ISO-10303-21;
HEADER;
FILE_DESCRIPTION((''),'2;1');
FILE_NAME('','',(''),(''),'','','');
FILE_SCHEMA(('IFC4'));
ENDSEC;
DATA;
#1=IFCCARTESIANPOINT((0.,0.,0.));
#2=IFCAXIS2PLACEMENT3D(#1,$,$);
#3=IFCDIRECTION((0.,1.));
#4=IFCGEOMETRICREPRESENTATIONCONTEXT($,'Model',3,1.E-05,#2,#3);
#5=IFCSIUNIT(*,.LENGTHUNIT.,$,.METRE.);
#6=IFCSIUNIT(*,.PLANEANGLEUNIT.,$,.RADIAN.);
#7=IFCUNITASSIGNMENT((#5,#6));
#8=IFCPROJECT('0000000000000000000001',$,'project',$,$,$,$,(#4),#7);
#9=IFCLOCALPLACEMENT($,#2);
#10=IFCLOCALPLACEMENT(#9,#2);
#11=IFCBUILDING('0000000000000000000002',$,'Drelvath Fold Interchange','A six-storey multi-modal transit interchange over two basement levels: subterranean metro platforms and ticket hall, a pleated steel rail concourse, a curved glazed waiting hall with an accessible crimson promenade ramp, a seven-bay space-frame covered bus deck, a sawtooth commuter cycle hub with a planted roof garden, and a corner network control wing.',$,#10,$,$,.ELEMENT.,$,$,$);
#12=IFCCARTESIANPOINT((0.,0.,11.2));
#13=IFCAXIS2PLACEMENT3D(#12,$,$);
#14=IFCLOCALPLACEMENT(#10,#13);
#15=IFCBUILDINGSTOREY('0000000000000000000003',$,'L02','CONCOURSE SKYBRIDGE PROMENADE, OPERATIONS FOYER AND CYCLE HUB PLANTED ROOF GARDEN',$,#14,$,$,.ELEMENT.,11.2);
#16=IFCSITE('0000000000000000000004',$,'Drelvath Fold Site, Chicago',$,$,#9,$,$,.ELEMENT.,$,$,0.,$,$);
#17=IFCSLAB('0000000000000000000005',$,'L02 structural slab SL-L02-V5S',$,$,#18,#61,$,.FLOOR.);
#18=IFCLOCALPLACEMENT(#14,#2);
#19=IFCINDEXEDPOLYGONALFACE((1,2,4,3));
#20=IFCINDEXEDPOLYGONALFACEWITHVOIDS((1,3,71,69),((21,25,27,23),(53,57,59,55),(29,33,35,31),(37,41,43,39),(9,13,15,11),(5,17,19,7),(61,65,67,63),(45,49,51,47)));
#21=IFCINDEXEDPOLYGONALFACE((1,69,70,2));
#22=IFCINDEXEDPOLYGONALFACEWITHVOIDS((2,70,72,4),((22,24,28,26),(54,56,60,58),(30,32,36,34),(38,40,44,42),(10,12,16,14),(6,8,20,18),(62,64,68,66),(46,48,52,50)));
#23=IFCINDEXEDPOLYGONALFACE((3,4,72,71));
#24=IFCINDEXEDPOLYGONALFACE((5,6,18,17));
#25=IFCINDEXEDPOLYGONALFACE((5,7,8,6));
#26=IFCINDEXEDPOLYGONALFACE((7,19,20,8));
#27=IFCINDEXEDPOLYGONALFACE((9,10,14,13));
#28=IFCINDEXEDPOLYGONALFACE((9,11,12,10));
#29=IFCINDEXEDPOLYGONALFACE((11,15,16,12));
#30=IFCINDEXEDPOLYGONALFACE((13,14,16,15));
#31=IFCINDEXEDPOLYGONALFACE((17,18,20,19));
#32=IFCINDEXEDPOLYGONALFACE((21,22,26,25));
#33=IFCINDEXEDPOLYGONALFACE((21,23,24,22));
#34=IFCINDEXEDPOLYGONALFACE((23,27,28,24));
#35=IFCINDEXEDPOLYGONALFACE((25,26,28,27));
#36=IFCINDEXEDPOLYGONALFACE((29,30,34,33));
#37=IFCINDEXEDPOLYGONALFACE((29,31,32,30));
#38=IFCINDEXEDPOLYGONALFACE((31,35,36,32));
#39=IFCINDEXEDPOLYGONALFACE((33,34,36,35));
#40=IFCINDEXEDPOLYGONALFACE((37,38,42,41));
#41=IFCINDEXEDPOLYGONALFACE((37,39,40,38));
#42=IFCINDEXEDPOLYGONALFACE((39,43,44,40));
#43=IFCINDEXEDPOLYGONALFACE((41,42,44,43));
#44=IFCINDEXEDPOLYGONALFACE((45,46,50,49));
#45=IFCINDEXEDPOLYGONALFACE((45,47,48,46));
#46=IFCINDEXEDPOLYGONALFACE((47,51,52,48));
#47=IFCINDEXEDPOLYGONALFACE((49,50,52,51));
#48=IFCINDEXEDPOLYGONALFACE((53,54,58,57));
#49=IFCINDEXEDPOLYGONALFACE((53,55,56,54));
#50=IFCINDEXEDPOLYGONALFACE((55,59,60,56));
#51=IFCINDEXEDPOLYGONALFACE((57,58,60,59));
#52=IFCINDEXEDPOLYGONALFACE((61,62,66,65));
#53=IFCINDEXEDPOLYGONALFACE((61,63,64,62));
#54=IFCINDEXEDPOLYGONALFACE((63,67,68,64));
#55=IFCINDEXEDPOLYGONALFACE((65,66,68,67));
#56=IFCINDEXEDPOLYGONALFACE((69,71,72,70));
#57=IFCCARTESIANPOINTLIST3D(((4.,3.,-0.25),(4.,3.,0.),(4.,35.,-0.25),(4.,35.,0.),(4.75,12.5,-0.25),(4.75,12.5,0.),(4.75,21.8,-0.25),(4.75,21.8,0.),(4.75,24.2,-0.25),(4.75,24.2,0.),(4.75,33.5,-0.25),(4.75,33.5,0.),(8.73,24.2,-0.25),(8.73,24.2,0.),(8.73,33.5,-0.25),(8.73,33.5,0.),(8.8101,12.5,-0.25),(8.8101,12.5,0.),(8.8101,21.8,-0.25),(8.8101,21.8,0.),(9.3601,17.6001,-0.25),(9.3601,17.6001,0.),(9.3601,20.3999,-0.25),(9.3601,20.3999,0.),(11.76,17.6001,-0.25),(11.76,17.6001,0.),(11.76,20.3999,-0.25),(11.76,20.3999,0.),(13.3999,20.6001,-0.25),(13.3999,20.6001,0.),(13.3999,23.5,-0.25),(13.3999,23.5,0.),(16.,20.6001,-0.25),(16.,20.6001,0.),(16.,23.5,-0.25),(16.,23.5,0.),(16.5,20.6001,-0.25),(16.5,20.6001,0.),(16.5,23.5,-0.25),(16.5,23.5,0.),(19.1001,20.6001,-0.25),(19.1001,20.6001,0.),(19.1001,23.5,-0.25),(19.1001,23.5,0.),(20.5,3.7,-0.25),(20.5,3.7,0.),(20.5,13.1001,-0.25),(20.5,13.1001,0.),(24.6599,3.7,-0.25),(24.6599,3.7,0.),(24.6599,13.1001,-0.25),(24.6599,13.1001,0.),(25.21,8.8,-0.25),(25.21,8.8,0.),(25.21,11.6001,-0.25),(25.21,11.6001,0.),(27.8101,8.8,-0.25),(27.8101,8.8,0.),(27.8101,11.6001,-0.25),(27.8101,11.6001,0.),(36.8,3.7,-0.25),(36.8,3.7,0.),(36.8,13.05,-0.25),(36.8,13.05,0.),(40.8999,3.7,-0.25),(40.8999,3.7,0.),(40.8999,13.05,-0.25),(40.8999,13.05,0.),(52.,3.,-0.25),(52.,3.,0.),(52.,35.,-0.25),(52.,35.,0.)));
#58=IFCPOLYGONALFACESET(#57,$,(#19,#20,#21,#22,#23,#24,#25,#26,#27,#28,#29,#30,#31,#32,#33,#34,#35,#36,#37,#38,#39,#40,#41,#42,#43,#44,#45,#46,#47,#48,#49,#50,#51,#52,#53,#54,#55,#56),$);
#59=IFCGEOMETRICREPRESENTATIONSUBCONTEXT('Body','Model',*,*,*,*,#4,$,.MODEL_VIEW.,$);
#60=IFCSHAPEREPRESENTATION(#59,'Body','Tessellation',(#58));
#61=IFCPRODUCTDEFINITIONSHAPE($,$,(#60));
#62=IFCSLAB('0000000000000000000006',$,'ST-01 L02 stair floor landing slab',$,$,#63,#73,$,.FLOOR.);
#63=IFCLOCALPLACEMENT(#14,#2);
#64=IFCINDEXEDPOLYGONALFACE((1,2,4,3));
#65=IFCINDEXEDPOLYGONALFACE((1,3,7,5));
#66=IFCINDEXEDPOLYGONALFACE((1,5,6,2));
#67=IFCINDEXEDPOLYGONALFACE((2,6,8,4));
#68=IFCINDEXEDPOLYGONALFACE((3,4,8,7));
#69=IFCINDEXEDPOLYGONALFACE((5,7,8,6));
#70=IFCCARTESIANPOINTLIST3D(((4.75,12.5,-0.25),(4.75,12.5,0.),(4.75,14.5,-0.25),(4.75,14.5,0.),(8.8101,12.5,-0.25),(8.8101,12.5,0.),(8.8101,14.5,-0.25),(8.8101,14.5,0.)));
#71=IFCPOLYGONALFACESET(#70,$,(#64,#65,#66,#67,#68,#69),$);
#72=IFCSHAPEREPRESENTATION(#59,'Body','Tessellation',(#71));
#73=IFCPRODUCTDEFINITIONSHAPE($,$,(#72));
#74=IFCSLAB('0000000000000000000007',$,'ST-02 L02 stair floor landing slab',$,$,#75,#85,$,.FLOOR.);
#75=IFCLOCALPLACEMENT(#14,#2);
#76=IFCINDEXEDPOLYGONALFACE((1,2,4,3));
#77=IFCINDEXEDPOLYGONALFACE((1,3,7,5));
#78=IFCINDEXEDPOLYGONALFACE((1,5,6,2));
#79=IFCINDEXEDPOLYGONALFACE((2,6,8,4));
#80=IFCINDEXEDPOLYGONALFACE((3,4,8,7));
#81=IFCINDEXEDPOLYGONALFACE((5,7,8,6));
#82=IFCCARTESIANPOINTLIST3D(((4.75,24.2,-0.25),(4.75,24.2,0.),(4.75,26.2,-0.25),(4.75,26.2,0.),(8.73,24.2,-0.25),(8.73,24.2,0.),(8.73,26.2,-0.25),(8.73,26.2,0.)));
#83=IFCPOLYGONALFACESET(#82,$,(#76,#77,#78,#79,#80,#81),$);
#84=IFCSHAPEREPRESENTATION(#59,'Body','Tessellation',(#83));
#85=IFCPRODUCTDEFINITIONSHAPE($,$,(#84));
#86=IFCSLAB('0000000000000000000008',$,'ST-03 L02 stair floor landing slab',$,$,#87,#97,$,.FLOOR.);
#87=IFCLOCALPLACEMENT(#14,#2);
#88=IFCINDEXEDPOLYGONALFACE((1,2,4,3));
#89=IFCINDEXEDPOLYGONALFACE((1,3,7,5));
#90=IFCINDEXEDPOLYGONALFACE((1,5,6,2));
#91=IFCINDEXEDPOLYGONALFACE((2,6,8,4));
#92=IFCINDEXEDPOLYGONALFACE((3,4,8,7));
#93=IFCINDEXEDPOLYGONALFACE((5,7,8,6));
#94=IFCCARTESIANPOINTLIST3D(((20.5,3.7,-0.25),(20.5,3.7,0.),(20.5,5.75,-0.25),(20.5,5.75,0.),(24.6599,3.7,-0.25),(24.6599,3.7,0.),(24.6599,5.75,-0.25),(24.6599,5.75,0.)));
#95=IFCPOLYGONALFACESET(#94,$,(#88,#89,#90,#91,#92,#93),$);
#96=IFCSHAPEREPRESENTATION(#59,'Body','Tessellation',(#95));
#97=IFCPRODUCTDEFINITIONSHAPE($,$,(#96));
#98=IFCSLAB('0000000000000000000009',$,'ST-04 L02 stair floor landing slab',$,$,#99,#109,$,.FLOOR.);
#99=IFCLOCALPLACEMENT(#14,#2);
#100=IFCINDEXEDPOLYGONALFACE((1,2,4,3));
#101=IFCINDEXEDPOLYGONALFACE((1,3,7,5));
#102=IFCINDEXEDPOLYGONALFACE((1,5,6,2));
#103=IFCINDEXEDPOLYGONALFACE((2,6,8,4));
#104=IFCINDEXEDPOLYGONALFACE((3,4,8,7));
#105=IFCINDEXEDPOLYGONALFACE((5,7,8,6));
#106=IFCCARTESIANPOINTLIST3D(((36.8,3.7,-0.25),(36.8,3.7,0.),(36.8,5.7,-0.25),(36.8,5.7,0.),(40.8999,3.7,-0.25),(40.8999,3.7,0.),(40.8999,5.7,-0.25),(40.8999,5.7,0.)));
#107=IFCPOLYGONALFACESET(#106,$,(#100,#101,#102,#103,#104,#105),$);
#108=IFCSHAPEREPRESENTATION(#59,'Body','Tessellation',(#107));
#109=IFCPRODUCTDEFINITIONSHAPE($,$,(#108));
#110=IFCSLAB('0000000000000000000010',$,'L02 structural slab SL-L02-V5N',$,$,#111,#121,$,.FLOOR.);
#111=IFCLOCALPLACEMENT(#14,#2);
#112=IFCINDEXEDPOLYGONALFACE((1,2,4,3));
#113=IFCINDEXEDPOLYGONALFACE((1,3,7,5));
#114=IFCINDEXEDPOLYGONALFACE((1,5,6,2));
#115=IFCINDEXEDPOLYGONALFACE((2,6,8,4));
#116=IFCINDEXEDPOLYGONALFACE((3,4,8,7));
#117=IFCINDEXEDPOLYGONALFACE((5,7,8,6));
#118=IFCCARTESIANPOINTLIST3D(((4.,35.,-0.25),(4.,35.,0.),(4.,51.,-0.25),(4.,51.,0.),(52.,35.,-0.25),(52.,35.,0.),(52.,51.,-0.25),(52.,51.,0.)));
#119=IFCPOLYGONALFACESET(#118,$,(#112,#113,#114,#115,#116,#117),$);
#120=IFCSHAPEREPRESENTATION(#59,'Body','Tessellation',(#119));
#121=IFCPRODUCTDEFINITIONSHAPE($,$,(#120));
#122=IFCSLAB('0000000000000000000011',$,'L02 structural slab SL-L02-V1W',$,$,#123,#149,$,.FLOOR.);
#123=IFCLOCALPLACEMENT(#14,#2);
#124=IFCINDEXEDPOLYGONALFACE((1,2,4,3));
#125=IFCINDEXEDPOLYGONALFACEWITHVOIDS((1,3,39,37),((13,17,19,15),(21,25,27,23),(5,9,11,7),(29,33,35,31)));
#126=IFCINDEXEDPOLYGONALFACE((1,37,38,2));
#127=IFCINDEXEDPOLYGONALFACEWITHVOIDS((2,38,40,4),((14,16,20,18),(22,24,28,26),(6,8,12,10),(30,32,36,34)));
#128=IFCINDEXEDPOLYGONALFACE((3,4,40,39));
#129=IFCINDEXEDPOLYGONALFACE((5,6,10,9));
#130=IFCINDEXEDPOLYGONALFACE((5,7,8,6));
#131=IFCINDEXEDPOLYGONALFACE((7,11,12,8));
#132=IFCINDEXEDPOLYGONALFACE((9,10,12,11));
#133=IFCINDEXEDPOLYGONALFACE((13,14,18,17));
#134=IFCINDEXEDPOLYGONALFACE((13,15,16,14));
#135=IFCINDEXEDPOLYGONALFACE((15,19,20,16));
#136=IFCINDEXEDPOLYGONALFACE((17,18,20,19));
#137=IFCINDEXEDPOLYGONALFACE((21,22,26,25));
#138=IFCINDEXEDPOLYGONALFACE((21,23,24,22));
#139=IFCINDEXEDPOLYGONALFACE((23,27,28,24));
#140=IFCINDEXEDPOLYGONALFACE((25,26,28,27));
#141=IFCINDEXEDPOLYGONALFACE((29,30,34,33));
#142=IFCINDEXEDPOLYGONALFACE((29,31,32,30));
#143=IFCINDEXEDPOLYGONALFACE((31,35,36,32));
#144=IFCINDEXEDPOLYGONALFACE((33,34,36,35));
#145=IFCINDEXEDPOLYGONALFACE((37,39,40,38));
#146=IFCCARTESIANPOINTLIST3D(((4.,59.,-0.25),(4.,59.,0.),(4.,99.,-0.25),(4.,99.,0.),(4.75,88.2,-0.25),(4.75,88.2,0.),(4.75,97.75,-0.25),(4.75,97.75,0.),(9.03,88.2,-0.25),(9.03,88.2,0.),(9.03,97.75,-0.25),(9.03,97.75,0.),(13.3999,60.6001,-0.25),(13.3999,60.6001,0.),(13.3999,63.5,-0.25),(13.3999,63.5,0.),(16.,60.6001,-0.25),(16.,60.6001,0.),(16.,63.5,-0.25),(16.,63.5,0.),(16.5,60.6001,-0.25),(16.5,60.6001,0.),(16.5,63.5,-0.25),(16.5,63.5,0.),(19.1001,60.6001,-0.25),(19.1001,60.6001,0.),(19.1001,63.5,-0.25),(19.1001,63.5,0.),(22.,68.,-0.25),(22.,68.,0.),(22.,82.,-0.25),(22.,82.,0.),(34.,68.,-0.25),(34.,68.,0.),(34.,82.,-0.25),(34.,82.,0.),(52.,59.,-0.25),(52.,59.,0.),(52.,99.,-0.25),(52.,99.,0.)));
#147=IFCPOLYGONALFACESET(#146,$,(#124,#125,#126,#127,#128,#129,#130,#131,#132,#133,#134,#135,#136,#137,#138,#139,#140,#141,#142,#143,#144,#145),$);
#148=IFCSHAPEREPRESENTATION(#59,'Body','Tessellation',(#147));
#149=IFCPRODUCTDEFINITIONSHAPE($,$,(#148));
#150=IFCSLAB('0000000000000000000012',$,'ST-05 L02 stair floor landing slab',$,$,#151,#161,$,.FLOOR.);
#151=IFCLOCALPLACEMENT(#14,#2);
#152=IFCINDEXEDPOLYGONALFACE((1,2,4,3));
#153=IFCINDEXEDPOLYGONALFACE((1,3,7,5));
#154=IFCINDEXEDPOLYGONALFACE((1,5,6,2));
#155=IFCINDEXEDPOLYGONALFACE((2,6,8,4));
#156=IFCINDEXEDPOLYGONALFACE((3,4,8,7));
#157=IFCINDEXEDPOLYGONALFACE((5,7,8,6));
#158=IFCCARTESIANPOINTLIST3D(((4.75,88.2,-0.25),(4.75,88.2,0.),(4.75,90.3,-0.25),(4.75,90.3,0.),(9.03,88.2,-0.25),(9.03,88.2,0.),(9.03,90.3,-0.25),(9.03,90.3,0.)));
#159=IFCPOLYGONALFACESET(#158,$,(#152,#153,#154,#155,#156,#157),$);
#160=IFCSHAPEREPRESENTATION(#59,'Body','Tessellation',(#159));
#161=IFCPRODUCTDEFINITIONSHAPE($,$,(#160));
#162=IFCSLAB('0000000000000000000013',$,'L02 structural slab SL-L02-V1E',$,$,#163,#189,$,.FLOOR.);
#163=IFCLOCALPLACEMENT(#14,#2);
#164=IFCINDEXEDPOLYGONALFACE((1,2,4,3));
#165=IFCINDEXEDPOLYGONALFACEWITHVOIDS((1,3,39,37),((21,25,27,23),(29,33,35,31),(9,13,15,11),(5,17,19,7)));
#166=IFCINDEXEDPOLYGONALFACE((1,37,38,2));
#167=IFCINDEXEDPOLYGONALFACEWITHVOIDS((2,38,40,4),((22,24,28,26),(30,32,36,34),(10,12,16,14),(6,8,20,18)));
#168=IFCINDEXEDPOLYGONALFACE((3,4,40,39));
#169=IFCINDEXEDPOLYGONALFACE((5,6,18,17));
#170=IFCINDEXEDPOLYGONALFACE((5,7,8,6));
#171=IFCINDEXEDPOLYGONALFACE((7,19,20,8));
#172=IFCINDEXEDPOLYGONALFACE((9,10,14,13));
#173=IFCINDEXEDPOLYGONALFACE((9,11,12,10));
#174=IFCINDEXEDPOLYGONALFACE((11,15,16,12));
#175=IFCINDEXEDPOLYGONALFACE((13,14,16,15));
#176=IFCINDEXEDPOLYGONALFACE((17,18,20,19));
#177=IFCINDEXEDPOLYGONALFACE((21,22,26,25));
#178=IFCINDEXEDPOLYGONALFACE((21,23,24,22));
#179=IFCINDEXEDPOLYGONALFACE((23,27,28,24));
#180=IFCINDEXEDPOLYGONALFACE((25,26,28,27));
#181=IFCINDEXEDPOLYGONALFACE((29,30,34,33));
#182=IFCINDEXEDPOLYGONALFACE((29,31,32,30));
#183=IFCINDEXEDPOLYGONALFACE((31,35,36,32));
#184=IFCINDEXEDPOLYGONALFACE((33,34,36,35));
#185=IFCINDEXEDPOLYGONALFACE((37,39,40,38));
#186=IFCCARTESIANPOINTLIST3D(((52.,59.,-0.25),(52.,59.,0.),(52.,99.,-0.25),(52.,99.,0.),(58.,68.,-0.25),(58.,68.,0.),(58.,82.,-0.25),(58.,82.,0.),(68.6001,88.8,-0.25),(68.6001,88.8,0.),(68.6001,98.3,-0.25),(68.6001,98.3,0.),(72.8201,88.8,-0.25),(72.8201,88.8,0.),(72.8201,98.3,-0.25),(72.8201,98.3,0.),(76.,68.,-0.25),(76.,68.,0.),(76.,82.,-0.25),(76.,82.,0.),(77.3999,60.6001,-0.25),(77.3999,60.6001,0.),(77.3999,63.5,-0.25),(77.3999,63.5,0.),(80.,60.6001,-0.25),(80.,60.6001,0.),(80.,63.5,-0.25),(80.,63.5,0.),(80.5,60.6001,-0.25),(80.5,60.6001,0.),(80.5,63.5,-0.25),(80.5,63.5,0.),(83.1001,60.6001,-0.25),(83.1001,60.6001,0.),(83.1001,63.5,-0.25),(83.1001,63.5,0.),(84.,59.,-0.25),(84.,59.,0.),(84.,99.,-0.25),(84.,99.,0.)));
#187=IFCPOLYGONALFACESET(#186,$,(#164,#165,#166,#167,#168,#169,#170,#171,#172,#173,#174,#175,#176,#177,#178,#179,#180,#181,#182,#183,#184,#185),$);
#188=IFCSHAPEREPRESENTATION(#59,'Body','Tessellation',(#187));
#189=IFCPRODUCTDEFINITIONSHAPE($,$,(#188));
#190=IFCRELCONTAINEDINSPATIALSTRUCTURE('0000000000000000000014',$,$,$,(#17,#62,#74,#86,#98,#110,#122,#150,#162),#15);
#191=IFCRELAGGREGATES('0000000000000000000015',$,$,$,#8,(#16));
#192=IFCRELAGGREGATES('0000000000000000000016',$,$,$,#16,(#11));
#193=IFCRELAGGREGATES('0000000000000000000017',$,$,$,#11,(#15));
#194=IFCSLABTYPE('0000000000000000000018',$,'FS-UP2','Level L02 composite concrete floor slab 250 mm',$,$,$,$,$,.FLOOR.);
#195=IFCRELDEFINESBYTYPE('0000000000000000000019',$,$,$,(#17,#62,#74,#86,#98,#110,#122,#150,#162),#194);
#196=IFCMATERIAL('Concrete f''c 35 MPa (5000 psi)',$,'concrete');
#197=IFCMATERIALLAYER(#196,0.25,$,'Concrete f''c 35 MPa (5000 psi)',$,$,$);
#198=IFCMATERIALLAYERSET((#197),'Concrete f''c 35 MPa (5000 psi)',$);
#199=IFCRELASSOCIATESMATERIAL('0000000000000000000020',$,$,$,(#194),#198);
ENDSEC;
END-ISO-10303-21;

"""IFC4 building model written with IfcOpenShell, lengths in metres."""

from ifc_helpers import new_model, si_unit, direction, frame, origin, place, context, subcontext, project, spatial, polyline, outline, extrude, material, layer, layer_set, type_object, element, save


model = new_model("IFC4")

# Units and contexts
model_context = context("Model", 3, precision=1e-05, world=origin(), true_north=direction((0.0, 1.0)))
body_context = subcontext(model_context, "Body", "Model", "MODEL_VIEW")
ifc_project = project(units=[si_unit("LENGTHUNIT", "METRE"), si_unit("PLANEANGLEUNIT", "RADIAN")], contexts=[model_context])

# Site, building, storey
site_placement = place(None, origin())
site = spatial("IfcSite", under=ifc_project, at=site_placement, Name="Drelvath Fold Site, Chicago", CompositionType="ELEMENT", RefElevation=0.0)
building_placement = place(site_placement, origin())
building = spatial("IfcBuilding", under=site, at=building_placement, Name="Drelvath Fold Interchange", Description="A six-storey multi-modal transit interchange over two basement levels: subterranean metro platforms and ticket hall, a pleated steel rail concourse, a curved glazed waiting hall with an accessible crimson promenade ramp, a seven-bay space-frame covered bus deck, a sawtooth commuter cycle hub with a planted roof garden, and a corner network control wing.", CompositionType="ELEMENT")
storey_placement = place(building_placement, frame((0.0, 0.0, 11.2)))
storey = spatial("IfcBuildingStorey", under=building, at=storey_placement, Name="L02", Description="CONCOURSE SKYBRIDGE PROMENADE, OPERATIONS FOYER AND CYCLE HUB PLANTED ROOF GARDEN", CompositionType="ELEMENT", Elevation=11.2)

# Slabs
ifc_material_1 = material(Name="Concrete f'c 35 MPa (5000 psi)", Category="concrete")
ifc_layer_1 = layer(ifc_material_1, 0.25, Name="Concrete f'c 35 MPa (5000 psi)")
ifc_layer_set_1 = layer_set([ifc_layer_1], Name="Concrete f'c 35 MPa (5000 psi)")
slab_type_1 = type_object("IfcSlabType", Name="FS-UP2", Description="Level L02 composite concrete floor slab 250 mm", PredefinedType="FLOOR", material=ifc_layer_set_1)
slab_1_placement = place(storey_placement, frame((0.0, 0.0, -0.25)))
element("IfcSlab", 1, at=slab_1_placement, inside=storey, type_object=slab_type_1, Name="L02 structural slab SL-L02-V5S", PredefinedType="FLOOR", context=body_context, shape_type="SweptSolid", body=[
    extrude(outline(polyline([(4.0, 3.0), (52.0, 3.0), (52.0, 35.0), (4.0, 35.0), (4.0, 3.0)]), holes=[polyline([(4.75, 12.5), (4.75, 21.8), (8.8101, 21.8), (8.8101, 12.5), (4.75, 12.5)]), polyline([(4.75, 24.2), (4.75, 33.5), (8.73, 33.5), (8.73, 24.2), (4.75, 24.2)]), polyline([(20.5, 3.7), (20.5, 13.1001), (24.6599, 13.1001), (24.6599, 3.7), (20.5, 3.7)]), polyline([(36.8, 3.7), (36.8, 13.05), (40.8999, 13.05), (40.8999, 3.7), (36.8, 3.7)]), polyline([(9.3601, 17.6001), (9.3601, 20.3999), (11.76, 20.3999), (11.76, 17.6001), (9.3601, 17.6001)]), polyline([(25.21, 8.8), (25.21, 11.6001), (27.8101, 11.6001), (27.8101, 8.8), (25.21, 8.8)]), polyline([(13.3999, 20.6001), (13.3999, 23.5), (16.0, 23.5), (16.0, 20.6001), (13.3999, 20.6001)]), polyline([(16.5, 20.6001), (16.5, 23.5), (19.1001, 23.5), (19.1001, 20.6001), (16.5, 20.6001)])]), origin(), (0.0, 0.0, 1.0), 0.25),
])
slab_2_placement = place(storey_placement, frame((0.0, 0.0, -0.25)))
element("IfcSlab", 2, at=slab_2_placement, inside=storey, type_object=slab_type_1, Name="ST-01 L02 stair floor landing slab", PredefinedType="FLOOR", context=body_context, shape_type="SweptSolid", body=[
    extrude(outline(polyline([(4.75, 12.5), (8.8101, 12.5), (8.8101, 14.5), (4.75, 14.5), (4.75, 12.5)])), origin(), (0.0, 0.0, 1.0), 0.25),
])
slab_3_placement = place(storey_placement, frame((0.0, 0.0, -0.25)))
element("IfcSlab", 3, at=slab_3_placement, inside=storey, type_object=slab_type_1, Name="ST-02 L02 stair floor landing slab", PredefinedType="FLOOR", context=body_context, shape_type="SweptSolid", body=[
    extrude(outline(polyline([(4.75, 24.2), (8.73, 24.2), (8.73, 26.2), (4.75, 26.2), (4.75, 24.2)])), origin(), (0.0, 0.0, 1.0), 0.25),
])
slab_4_placement = place(storey_placement, frame((0.0, 0.0, -0.25)))
element("IfcSlab", 4, at=slab_4_placement, inside=storey, type_object=slab_type_1, Name="ST-03 L02 stair floor landing slab", PredefinedType="FLOOR", context=body_context, shape_type="SweptSolid", body=[
    extrude(outline(polyline([(20.5, 3.7), (24.6599, 3.7), (24.6599, 5.75), (20.5, 5.75), (20.5, 3.7)])), origin(), (0.0, 0.0, 1.0), 0.25),
])
slab_5_placement = place(storey_placement, frame((0.0, 0.0, -0.25)))
element("IfcSlab", 5, at=slab_5_placement, inside=storey, type_object=slab_type_1, Name="ST-04 L02 stair floor landing slab", PredefinedType="FLOOR", context=body_context, shape_type="SweptSolid", body=[
    extrude(outline(polyline([(36.8, 3.7), (40.8999, 3.7), (40.8999, 5.7), (36.8, 5.7), (36.8, 3.7)])), origin(), (0.0, 0.0, 1.0), 0.25),
])
slab_6_placement = place(storey_placement, frame((0.0, 0.0, -0.25)))
element("IfcSlab", 6, at=slab_6_placement, inside=storey, type_object=slab_type_1, Name="L02 structural slab SL-L02-V5N", PredefinedType="FLOOR", context=body_context, shape_type="SweptSolid", body=[
    extrude(outline(polyline([(4.0, 35.0), (52.0, 35.0), (52.0, 51.0), (4.0, 51.0), (4.0, 35.0)])), origin(), (0.0, 0.0, 1.0), 0.25),
])
slab_7_placement = place(storey_placement, frame((0.0, 0.0, -0.25)))
element("IfcSlab", 7, at=slab_7_placement, inside=storey, type_object=slab_type_1, Name="L02 structural slab SL-L02-V1W", PredefinedType="FLOOR", context=body_context, shape_type="SweptSolid", body=[
    extrude(outline(polyline([(4.0, 59.0), (52.0, 59.0), (52.0, 99.0), (4.0, 99.0), (4.0, 59.0)]), holes=[polyline([(22.0, 68.0), (22.0, 82.0), (34.0, 82.0), (34.0, 68.0), (22.0, 68.0)]), polyline([(4.75, 88.2), (4.75, 97.75), (9.03, 97.75), (9.03, 88.2), (4.75, 88.2)]), polyline([(13.3999, 60.6001), (13.3999, 63.5), (16.0, 63.5), (16.0, 60.6001), (13.3999, 60.6001)]), polyline([(16.5, 60.6001), (16.5, 63.5), (19.1001, 63.5), (19.1001, 60.6001), (16.5, 60.6001)])]), origin(), (0.0, 0.0, 1.0), 0.25),
])
slab_8_placement = place(storey_placement, frame((0.0, 0.0, -0.25)))
element("IfcSlab", 8, at=slab_8_placement, inside=storey, type_object=slab_type_1, Name="ST-05 L02 stair floor landing slab", PredefinedType="FLOOR", context=body_context, shape_type="SweptSolid", body=[
    extrude(outline(polyline([(4.75, 88.2), (9.03, 88.2), (9.03, 90.3), (4.75, 90.3), (4.75, 88.2)])), origin(), (0.0, 0.0, 1.0), 0.25),
])
slab_9_placement = place(storey_placement, frame((0.0, 0.0, -0.25)))
element("IfcSlab", 9, at=slab_9_placement, inside=storey, type_object=slab_type_1, Name="L02 structural slab SL-L02-V1E", PredefinedType="FLOOR", context=body_context, shape_type="SweptSolid", body=[
    extrude(outline(polyline([(52.0, 59.0), (84.0, 59.0), (84.0, 99.0), (52.0, 99.0), (52.0, 59.0)]), holes=[polyline([(58.0, 68.0), (58.0, 82.0), (76.0, 82.0), (76.0, 68.0), (58.0, 68.0)]), polyline([(68.6001, 88.8), (68.6001, 98.3), (72.8201, 98.3), (72.8201, 88.8), (68.6001, 88.8)]), polyline([(77.3999, 60.6001), (77.3999, 63.5), (80.0, 63.5), (80.0, 60.6001), (77.3999, 60.6001)]), polyline([(80.5, 60.6001), (80.5, 63.5), (83.1001, 63.5), (83.1001, 60.6001), (80.5, 60.6001)])]), origin(), (0.0, 0.0, 1.0), 0.25),
])

save(model, "model.ifc")
